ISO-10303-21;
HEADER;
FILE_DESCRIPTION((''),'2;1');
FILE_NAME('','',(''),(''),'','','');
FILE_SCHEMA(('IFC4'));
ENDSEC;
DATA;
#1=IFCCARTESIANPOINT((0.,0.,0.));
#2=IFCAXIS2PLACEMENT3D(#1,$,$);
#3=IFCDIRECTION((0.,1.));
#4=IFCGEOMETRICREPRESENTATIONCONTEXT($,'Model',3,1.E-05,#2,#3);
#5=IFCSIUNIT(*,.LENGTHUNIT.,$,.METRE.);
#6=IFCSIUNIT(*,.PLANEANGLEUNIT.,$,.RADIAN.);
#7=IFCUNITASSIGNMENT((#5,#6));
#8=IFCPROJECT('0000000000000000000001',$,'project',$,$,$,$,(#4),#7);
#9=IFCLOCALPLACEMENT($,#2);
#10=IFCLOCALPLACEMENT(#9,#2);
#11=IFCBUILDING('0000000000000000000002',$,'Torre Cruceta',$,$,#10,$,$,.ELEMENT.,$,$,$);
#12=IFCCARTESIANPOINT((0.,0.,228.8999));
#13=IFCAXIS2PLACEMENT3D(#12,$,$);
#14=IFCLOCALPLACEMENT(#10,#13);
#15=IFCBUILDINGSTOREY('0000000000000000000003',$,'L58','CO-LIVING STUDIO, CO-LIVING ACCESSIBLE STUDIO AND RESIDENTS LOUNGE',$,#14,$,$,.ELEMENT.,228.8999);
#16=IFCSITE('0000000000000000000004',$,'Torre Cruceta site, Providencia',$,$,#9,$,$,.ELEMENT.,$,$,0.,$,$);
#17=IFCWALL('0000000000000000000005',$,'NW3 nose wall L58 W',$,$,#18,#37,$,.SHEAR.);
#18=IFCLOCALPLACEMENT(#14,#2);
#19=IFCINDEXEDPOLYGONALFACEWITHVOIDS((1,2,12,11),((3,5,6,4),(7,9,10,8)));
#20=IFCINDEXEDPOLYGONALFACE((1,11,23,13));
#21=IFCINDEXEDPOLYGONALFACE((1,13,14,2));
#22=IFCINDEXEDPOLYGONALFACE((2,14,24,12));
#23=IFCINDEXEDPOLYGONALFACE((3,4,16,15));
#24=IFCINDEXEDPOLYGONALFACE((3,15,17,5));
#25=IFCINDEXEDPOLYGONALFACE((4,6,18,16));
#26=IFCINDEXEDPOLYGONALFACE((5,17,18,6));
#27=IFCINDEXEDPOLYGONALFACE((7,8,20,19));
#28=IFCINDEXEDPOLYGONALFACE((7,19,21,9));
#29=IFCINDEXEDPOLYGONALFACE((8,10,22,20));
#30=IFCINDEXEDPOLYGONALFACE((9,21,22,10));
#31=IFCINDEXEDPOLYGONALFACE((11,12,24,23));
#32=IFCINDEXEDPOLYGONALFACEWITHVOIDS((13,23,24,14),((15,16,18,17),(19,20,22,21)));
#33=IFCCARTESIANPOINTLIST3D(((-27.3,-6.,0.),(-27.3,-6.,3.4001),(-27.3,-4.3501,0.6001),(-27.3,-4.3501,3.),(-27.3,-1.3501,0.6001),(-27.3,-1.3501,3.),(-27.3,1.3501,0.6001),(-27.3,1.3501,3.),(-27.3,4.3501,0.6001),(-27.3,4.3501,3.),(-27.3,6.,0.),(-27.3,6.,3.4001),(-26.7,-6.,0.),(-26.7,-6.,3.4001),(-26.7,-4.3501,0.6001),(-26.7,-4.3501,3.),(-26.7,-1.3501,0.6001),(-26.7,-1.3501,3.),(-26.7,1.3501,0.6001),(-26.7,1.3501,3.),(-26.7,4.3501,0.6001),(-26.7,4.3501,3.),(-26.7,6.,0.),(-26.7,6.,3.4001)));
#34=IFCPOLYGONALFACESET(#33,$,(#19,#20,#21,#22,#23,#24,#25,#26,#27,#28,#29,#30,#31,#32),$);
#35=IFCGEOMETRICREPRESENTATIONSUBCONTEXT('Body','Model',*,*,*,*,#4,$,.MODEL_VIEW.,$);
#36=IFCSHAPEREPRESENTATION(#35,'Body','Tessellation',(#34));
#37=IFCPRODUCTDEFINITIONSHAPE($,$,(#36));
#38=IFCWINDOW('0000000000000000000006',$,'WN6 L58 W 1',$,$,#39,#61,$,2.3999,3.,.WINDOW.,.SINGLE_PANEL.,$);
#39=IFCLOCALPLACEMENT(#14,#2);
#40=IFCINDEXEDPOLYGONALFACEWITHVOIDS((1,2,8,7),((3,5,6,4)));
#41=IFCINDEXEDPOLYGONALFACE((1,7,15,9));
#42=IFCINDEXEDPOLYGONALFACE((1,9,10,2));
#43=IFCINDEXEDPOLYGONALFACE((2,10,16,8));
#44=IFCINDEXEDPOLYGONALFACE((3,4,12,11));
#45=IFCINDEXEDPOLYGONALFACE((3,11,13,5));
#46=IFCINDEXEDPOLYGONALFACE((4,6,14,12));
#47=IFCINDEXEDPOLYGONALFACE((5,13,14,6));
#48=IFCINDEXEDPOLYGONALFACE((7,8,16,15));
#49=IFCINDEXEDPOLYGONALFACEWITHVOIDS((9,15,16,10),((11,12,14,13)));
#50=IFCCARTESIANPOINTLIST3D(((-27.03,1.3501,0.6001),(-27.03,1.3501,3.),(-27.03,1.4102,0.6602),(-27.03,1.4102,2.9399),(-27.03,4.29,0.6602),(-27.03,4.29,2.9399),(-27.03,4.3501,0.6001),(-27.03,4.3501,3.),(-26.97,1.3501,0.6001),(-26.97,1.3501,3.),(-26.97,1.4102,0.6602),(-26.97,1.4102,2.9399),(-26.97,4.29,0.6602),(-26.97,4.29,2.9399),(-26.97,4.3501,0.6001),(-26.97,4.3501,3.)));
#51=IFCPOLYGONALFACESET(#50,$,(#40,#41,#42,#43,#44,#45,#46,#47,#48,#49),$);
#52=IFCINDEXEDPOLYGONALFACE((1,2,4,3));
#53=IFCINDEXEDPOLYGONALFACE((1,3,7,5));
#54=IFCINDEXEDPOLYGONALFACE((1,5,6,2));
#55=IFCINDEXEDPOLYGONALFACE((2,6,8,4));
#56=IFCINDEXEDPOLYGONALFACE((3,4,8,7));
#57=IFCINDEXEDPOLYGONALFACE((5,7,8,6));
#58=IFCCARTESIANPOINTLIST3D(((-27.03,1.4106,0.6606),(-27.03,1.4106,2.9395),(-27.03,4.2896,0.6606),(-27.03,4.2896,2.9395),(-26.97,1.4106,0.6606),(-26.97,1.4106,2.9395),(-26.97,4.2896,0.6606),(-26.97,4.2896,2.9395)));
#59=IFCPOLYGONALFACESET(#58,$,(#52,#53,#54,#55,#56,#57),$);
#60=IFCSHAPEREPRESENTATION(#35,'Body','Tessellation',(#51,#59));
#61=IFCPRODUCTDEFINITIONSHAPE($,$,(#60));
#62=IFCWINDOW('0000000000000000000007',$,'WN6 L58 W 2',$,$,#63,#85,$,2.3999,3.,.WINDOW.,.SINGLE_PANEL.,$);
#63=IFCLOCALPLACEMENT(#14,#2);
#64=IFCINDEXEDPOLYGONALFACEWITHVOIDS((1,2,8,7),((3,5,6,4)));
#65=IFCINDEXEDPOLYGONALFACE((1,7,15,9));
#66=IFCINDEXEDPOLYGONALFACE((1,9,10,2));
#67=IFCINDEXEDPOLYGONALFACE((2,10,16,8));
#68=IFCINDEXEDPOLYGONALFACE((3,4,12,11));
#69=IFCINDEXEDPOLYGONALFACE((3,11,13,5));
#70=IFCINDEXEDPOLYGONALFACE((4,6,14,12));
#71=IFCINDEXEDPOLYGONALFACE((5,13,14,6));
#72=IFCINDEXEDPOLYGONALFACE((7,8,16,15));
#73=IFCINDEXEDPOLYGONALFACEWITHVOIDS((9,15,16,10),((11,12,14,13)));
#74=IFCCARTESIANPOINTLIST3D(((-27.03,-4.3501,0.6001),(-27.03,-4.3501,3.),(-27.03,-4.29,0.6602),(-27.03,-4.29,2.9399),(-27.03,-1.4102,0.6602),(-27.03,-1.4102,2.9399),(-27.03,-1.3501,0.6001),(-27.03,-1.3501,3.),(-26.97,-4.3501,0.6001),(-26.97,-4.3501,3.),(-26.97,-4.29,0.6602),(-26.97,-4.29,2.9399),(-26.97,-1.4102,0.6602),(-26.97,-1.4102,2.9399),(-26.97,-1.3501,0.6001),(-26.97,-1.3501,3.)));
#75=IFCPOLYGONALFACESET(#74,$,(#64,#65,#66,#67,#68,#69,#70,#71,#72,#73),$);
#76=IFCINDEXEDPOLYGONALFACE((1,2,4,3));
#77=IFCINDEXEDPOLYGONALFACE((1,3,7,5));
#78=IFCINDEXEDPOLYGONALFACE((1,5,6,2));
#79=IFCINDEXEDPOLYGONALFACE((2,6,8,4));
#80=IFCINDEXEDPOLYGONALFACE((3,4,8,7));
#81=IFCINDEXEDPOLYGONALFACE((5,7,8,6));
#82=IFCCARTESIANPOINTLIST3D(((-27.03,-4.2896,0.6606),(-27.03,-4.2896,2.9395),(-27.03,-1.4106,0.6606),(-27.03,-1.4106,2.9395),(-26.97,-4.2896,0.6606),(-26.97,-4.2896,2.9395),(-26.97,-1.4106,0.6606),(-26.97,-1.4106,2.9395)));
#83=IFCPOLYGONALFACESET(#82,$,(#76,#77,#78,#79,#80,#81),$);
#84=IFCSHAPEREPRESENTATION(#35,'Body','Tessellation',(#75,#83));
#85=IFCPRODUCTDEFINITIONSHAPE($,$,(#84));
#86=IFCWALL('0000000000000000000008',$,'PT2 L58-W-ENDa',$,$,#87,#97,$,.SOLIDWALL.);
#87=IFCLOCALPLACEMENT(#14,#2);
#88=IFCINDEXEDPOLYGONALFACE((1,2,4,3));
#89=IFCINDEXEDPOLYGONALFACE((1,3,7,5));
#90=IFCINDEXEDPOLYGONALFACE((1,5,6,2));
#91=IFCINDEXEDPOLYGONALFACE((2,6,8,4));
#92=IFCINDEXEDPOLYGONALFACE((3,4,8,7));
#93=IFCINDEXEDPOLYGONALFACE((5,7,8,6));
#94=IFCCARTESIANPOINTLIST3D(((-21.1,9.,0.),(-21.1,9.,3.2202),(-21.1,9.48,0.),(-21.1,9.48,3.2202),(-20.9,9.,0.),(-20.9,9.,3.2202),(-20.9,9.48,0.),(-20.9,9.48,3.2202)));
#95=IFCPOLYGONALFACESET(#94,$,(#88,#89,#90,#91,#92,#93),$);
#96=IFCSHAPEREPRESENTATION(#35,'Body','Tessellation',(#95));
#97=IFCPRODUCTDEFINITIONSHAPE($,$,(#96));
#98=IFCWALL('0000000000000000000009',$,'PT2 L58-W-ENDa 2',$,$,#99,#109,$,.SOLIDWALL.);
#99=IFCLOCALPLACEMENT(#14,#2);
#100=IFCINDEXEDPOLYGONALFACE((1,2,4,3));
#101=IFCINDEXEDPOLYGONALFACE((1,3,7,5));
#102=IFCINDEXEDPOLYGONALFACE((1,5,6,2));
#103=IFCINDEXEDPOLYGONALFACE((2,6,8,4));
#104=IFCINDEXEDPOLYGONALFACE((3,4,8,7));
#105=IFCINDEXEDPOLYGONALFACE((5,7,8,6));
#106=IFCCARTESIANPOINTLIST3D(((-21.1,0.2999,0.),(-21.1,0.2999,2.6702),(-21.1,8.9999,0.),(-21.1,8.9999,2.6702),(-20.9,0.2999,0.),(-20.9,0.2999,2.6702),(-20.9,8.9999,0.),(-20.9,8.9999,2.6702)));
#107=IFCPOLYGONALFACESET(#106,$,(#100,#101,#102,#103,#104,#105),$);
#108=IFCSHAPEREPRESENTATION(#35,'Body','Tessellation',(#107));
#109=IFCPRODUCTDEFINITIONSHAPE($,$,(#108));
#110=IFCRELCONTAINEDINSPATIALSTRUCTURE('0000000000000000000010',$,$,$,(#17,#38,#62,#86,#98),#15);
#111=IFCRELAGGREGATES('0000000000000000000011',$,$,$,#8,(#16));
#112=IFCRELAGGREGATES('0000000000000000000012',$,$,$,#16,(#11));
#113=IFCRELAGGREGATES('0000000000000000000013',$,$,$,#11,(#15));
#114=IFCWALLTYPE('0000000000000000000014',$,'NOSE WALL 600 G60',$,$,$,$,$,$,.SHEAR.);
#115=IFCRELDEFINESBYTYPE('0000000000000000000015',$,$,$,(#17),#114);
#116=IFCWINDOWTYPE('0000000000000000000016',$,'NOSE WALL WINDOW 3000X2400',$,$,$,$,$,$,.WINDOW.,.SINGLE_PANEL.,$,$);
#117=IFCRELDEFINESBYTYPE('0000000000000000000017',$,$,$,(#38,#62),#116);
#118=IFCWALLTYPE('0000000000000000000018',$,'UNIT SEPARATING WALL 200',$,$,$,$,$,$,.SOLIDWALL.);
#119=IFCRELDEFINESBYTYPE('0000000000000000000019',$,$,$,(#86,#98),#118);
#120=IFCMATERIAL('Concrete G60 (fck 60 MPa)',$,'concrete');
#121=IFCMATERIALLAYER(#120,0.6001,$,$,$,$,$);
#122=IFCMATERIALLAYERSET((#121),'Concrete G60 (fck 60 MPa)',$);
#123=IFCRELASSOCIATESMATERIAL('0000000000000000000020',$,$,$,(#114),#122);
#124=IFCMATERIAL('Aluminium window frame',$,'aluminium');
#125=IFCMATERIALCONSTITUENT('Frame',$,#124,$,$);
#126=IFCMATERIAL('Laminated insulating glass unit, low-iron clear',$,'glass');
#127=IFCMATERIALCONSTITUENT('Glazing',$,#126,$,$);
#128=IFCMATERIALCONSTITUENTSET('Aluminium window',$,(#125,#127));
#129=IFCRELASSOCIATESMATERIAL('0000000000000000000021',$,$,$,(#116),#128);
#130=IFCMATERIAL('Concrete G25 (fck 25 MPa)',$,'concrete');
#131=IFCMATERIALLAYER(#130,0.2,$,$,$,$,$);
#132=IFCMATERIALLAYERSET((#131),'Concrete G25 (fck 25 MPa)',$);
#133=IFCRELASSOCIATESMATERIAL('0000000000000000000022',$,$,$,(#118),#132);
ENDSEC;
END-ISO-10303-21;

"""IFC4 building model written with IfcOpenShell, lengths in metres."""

from ifc_helpers import new_model, si_unit, direction, frame, frame_2d, origin, place, context, subcontext, project, spatial, rectangle, hollow_rectangle, extrude, material, layer, layer_set, constituent, constituent_set, type_object, element, fill, save


model = new_model("IFC4")

# Units and contexts
model_context = context("Model", 3, precision=1e-05, world=origin(), true_north=direction((0.0, 1.0)))
body_context = subcontext(model_context, "Body", "Model", "MODEL_VIEW")
ifc_project = project(units=[si_unit("LENGTHUNIT", "METRE"), si_unit("PLANEANGLEUNIT", "RADIAN")], contexts=[model_context])

# Site, building, storey
site_placement = place(None, origin())
site = spatial("IfcSite", under=ifc_project, at=site_placement, Name="Torre Cruceta site, Providencia", CompositionType="ELEMENT", RefElevation=0.0)
building_placement = place(site_placement, origin())
building = spatial("IfcBuilding", under=site, at=building_placement, Name="Torre Cruceta", CompositionType="ELEMENT")
storey_placement = place(building_placement, frame((0.0, 0.0, 228.8999)))
storey = spatial("IfcBuildingStorey", under=building, at=storey_placement, Name="L58", Description="CO-LIVING STUDIO, CO-LIVING ACCESSIBLE STUDIO AND RESIDENTS LOUNGE", CompositionType="ELEMENT", Elevation=228.8999)

# Wall, openings, windows
ifc_material_1 = material(Name="Concrete G60 (fck 60 MPa)", Category="concrete")
ifc_layer_1 = layer(ifc_material_1, 0.6001)
ifc_layer_set_1 = layer_set([ifc_layer_1], Name="Concrete G60 (fck 60 MPa)")
wall_type_1 = type_object("IfcWallType", Name="NOSE WALL 600 G60", PredefinedType="SHEAR", material=ifc_layer_set_1)
wall_1_placement = place(storey_placement, frame((-27.0, 6.0, 0.0), z_axis=(0.0, 0.0, 1.0), x_axis=(0.0, -1.0, 0.0)))
wall_1 = element("IfcWall", 1, at=wall_1_placement, inside=storey, type_object=wall_type_1, Name="NW3 nose wall L58 W", PredefinedType="SHEAR", context=body_context, shape_type="SweptSolid", body=[
    extrude(rectangle(XDim=12.0, YDim=0.6001, at=frame_2d((6.0, 0.0))), origin(), (0.0, 0.0, 1.0), 3.4001),
])
opening_1_placement = place(wall_1_placement, frame((1.6499, 0.0, 0.6001)))
opening_1 = element("IfcOpeningElement", 2, at=opening_1_placement, cuts=wall_1, PredefinedType="OPENING", context=body_context, shape_type="SweptSolid", body=[
    extrude(rectangle(XDim=3.0, YDim=2.3999, at=frame_2d((1.5, 1.2))), frame((0.0, 0.3101, 0.0), z_axis=(0.0, -1.0, 0.0), x_axis=(1.0, 0.0, 0.0)), (0.0, 0.0, 1.0), 0.6201),
])
opening_2_placement = place(wall_1_placement, frame((7.3501, 0.0, 0.6001)))
opening_2 = element("IfcOpeningElement", 3, at=opening_2_placement, cuts=wall_1, PredefinedType="OPENING", context=body_context, shape_type="SweptSolid", body=[
    extrude(rectangle(XDim=3.0, YDim=2.3999, at=frame_2d((1.5, 1.2))), frame((0.0, 0.3101, 0.0), z_axis=(0.0, -1.0, 0.0), x_axis=(1.0, 0.0, 0.0)), (0.0, 0.0, 1.0), 0.6201),
])
ifc_material_2 = material(Name="Aluminium window frame", Category="aluminium")
ifc_constituent_1 = constituent(ifc_material_2, Name="Frame")
ifc_material_3 = material(Name="Laminated insulating glass unit, low-iron clear", Category="glass")
ifc_constituent_2 = constituent(ifc_material_3, Name="Glazing")
ifc_constituent_set_1 = constituent_set(constituents=[ifc_constituent_1, ifc_constituent_2], Name="Aluminium window")
window_type_1 = type_object("IfcWindowType", Name="NOSE WALL WINDOW 3000X2400", PartitioningType="SINGLE_PANEL", PredefinedType="WINDOW", material=ifc_constituent_set_1)
window_1_placement = place(opening_1_placement, origin())
window_1 = element("IfcWindow", 4, at=window_1_placement, inside=storey, type_object=window_type_1, Name="WN6 L58 W 1", OverallHeight=2.3999, OverallWidth=3.0, PartitioningType="SINGLE_PANEL", PredefinedType="WINDOW", context=body_context, shape_type="SweptSolid", body=[
    extrude(hollow_rectangle(XDim=3.0, YDim=2.3999, WallThickness=0.0601, at=frame_2d((1.5, 1.2))), frame((0.0, 0.03, 0.0), z_axis=(0.0, -1.0, 0.0), x_axis=(1.0, 0.0, 0.0)), (0.0, 0.0, 1.0), 0.0601),
    extrude(rectangle(XDim=2.8789, YDim=2.2788, at=frame_2d((1.5, 1.2))), frame((0.0, 0.03, 0.0), z_axis=(0.0, -1.0, 0.0), x_axis=(1.0, 0.0, 0.0)), (0.0, 0.0, 1.0), 0.0601),
])
fill(opening_1, window_1)
window_2_placement = place(opening_2_placement, origin())
window_2 = element("IfcWindow", 5, at=window_2_placement, inside=storey, type_object=window_type_1, Name="WN6 L58 W 2", OverallHeight=2.3999, OverallWidth=3.0, PartitioningType="SINGLE_PANEL", PredefinedType="WINDOW", context=body_context, shape_type="SweptSolid", body=[
    extrude(hollow_rectangle(XDim=3.0, YDim=2.3999, WallThickness=0.0601, at=frame_2d((1.5, 1.2))), frame((0.0, 0.03, 0.0), z_axis=(0.0, -1.0, 0.0), x_axis=(1.0, 0.0, 0.0)), (0.0, 0.0, 1.0), 0.0601),
    extrude(rectangle(XDim=2.8789, YDim=2.2788, at=frame_2d((1.5, 1.2))), frame((0.0, 0.03, 0.0), z_axis=(0.0, -1.0, 0.0), x_axis=(1.0, 0.0, 0.0)), (0.0, 0.0, 1.0), 0.0601),
])
fill(opening_2, window_2)

# Walls
ifc_material_4 = material(Name="Concrete G25 (fck 25 MPa)", Category="concrete")
ifc_layer_2 = layer(ifc_material_4, 0.2)
ifc_layer_set_2 = layer_set([ifc_layer_2], Name="Concrete G25 (fck 25 MPa)")
wall_type_2 = type_object("IfcWallType", Name="UNIT SEPARATING WALL 200", PredefinedType="SOLIDWALL", material=ifc_layer_set_2)
wall_2_placement = place(storey_placement, frame((-21.0, 9.48, 0.0), z_axis=(0.0, 0.0, 1.0), x_axis=(0.0, -1.0, 0.0)))
element("IfcWall", 6, at=wall_2_placement, inside=storey, type_object=wall_type_2, Name="PT2 L58-W-ENDa", PredefinedType="SOLIDWALL", context=body_context, shape_type="SweptSolid", body=[
    extrude(rectangle(XDim=0.48, YDim=0.2, at=frame_2d((0.24, 0.0))), origin(), (0.0, 0.0, 1.0), 3.2202),
])
wall_3_placement = place(storey_placement, frame((-21.0, 9.0, 0.0), z_axis=(0.0, 0.0, 1.0), x_axis=(0.0, -1.0, 0.0)))
element("IfcWall", 7, at=wall_3_placement, inside=storey, type_object=wall_type_2, Name="PT2 L58-W-ENDa 2", PredefinedType="SOLIDWALL", context=body_context, shape_type="SweptSolid", body=[
    extrude(rectangle(XDim=8.7, YDim=0.2, at=frame_2d((4.3501, 0.0))), origin(), (0.0, 0.0, 1.0), 2.6702),
])

save(model, "model.ifc")
